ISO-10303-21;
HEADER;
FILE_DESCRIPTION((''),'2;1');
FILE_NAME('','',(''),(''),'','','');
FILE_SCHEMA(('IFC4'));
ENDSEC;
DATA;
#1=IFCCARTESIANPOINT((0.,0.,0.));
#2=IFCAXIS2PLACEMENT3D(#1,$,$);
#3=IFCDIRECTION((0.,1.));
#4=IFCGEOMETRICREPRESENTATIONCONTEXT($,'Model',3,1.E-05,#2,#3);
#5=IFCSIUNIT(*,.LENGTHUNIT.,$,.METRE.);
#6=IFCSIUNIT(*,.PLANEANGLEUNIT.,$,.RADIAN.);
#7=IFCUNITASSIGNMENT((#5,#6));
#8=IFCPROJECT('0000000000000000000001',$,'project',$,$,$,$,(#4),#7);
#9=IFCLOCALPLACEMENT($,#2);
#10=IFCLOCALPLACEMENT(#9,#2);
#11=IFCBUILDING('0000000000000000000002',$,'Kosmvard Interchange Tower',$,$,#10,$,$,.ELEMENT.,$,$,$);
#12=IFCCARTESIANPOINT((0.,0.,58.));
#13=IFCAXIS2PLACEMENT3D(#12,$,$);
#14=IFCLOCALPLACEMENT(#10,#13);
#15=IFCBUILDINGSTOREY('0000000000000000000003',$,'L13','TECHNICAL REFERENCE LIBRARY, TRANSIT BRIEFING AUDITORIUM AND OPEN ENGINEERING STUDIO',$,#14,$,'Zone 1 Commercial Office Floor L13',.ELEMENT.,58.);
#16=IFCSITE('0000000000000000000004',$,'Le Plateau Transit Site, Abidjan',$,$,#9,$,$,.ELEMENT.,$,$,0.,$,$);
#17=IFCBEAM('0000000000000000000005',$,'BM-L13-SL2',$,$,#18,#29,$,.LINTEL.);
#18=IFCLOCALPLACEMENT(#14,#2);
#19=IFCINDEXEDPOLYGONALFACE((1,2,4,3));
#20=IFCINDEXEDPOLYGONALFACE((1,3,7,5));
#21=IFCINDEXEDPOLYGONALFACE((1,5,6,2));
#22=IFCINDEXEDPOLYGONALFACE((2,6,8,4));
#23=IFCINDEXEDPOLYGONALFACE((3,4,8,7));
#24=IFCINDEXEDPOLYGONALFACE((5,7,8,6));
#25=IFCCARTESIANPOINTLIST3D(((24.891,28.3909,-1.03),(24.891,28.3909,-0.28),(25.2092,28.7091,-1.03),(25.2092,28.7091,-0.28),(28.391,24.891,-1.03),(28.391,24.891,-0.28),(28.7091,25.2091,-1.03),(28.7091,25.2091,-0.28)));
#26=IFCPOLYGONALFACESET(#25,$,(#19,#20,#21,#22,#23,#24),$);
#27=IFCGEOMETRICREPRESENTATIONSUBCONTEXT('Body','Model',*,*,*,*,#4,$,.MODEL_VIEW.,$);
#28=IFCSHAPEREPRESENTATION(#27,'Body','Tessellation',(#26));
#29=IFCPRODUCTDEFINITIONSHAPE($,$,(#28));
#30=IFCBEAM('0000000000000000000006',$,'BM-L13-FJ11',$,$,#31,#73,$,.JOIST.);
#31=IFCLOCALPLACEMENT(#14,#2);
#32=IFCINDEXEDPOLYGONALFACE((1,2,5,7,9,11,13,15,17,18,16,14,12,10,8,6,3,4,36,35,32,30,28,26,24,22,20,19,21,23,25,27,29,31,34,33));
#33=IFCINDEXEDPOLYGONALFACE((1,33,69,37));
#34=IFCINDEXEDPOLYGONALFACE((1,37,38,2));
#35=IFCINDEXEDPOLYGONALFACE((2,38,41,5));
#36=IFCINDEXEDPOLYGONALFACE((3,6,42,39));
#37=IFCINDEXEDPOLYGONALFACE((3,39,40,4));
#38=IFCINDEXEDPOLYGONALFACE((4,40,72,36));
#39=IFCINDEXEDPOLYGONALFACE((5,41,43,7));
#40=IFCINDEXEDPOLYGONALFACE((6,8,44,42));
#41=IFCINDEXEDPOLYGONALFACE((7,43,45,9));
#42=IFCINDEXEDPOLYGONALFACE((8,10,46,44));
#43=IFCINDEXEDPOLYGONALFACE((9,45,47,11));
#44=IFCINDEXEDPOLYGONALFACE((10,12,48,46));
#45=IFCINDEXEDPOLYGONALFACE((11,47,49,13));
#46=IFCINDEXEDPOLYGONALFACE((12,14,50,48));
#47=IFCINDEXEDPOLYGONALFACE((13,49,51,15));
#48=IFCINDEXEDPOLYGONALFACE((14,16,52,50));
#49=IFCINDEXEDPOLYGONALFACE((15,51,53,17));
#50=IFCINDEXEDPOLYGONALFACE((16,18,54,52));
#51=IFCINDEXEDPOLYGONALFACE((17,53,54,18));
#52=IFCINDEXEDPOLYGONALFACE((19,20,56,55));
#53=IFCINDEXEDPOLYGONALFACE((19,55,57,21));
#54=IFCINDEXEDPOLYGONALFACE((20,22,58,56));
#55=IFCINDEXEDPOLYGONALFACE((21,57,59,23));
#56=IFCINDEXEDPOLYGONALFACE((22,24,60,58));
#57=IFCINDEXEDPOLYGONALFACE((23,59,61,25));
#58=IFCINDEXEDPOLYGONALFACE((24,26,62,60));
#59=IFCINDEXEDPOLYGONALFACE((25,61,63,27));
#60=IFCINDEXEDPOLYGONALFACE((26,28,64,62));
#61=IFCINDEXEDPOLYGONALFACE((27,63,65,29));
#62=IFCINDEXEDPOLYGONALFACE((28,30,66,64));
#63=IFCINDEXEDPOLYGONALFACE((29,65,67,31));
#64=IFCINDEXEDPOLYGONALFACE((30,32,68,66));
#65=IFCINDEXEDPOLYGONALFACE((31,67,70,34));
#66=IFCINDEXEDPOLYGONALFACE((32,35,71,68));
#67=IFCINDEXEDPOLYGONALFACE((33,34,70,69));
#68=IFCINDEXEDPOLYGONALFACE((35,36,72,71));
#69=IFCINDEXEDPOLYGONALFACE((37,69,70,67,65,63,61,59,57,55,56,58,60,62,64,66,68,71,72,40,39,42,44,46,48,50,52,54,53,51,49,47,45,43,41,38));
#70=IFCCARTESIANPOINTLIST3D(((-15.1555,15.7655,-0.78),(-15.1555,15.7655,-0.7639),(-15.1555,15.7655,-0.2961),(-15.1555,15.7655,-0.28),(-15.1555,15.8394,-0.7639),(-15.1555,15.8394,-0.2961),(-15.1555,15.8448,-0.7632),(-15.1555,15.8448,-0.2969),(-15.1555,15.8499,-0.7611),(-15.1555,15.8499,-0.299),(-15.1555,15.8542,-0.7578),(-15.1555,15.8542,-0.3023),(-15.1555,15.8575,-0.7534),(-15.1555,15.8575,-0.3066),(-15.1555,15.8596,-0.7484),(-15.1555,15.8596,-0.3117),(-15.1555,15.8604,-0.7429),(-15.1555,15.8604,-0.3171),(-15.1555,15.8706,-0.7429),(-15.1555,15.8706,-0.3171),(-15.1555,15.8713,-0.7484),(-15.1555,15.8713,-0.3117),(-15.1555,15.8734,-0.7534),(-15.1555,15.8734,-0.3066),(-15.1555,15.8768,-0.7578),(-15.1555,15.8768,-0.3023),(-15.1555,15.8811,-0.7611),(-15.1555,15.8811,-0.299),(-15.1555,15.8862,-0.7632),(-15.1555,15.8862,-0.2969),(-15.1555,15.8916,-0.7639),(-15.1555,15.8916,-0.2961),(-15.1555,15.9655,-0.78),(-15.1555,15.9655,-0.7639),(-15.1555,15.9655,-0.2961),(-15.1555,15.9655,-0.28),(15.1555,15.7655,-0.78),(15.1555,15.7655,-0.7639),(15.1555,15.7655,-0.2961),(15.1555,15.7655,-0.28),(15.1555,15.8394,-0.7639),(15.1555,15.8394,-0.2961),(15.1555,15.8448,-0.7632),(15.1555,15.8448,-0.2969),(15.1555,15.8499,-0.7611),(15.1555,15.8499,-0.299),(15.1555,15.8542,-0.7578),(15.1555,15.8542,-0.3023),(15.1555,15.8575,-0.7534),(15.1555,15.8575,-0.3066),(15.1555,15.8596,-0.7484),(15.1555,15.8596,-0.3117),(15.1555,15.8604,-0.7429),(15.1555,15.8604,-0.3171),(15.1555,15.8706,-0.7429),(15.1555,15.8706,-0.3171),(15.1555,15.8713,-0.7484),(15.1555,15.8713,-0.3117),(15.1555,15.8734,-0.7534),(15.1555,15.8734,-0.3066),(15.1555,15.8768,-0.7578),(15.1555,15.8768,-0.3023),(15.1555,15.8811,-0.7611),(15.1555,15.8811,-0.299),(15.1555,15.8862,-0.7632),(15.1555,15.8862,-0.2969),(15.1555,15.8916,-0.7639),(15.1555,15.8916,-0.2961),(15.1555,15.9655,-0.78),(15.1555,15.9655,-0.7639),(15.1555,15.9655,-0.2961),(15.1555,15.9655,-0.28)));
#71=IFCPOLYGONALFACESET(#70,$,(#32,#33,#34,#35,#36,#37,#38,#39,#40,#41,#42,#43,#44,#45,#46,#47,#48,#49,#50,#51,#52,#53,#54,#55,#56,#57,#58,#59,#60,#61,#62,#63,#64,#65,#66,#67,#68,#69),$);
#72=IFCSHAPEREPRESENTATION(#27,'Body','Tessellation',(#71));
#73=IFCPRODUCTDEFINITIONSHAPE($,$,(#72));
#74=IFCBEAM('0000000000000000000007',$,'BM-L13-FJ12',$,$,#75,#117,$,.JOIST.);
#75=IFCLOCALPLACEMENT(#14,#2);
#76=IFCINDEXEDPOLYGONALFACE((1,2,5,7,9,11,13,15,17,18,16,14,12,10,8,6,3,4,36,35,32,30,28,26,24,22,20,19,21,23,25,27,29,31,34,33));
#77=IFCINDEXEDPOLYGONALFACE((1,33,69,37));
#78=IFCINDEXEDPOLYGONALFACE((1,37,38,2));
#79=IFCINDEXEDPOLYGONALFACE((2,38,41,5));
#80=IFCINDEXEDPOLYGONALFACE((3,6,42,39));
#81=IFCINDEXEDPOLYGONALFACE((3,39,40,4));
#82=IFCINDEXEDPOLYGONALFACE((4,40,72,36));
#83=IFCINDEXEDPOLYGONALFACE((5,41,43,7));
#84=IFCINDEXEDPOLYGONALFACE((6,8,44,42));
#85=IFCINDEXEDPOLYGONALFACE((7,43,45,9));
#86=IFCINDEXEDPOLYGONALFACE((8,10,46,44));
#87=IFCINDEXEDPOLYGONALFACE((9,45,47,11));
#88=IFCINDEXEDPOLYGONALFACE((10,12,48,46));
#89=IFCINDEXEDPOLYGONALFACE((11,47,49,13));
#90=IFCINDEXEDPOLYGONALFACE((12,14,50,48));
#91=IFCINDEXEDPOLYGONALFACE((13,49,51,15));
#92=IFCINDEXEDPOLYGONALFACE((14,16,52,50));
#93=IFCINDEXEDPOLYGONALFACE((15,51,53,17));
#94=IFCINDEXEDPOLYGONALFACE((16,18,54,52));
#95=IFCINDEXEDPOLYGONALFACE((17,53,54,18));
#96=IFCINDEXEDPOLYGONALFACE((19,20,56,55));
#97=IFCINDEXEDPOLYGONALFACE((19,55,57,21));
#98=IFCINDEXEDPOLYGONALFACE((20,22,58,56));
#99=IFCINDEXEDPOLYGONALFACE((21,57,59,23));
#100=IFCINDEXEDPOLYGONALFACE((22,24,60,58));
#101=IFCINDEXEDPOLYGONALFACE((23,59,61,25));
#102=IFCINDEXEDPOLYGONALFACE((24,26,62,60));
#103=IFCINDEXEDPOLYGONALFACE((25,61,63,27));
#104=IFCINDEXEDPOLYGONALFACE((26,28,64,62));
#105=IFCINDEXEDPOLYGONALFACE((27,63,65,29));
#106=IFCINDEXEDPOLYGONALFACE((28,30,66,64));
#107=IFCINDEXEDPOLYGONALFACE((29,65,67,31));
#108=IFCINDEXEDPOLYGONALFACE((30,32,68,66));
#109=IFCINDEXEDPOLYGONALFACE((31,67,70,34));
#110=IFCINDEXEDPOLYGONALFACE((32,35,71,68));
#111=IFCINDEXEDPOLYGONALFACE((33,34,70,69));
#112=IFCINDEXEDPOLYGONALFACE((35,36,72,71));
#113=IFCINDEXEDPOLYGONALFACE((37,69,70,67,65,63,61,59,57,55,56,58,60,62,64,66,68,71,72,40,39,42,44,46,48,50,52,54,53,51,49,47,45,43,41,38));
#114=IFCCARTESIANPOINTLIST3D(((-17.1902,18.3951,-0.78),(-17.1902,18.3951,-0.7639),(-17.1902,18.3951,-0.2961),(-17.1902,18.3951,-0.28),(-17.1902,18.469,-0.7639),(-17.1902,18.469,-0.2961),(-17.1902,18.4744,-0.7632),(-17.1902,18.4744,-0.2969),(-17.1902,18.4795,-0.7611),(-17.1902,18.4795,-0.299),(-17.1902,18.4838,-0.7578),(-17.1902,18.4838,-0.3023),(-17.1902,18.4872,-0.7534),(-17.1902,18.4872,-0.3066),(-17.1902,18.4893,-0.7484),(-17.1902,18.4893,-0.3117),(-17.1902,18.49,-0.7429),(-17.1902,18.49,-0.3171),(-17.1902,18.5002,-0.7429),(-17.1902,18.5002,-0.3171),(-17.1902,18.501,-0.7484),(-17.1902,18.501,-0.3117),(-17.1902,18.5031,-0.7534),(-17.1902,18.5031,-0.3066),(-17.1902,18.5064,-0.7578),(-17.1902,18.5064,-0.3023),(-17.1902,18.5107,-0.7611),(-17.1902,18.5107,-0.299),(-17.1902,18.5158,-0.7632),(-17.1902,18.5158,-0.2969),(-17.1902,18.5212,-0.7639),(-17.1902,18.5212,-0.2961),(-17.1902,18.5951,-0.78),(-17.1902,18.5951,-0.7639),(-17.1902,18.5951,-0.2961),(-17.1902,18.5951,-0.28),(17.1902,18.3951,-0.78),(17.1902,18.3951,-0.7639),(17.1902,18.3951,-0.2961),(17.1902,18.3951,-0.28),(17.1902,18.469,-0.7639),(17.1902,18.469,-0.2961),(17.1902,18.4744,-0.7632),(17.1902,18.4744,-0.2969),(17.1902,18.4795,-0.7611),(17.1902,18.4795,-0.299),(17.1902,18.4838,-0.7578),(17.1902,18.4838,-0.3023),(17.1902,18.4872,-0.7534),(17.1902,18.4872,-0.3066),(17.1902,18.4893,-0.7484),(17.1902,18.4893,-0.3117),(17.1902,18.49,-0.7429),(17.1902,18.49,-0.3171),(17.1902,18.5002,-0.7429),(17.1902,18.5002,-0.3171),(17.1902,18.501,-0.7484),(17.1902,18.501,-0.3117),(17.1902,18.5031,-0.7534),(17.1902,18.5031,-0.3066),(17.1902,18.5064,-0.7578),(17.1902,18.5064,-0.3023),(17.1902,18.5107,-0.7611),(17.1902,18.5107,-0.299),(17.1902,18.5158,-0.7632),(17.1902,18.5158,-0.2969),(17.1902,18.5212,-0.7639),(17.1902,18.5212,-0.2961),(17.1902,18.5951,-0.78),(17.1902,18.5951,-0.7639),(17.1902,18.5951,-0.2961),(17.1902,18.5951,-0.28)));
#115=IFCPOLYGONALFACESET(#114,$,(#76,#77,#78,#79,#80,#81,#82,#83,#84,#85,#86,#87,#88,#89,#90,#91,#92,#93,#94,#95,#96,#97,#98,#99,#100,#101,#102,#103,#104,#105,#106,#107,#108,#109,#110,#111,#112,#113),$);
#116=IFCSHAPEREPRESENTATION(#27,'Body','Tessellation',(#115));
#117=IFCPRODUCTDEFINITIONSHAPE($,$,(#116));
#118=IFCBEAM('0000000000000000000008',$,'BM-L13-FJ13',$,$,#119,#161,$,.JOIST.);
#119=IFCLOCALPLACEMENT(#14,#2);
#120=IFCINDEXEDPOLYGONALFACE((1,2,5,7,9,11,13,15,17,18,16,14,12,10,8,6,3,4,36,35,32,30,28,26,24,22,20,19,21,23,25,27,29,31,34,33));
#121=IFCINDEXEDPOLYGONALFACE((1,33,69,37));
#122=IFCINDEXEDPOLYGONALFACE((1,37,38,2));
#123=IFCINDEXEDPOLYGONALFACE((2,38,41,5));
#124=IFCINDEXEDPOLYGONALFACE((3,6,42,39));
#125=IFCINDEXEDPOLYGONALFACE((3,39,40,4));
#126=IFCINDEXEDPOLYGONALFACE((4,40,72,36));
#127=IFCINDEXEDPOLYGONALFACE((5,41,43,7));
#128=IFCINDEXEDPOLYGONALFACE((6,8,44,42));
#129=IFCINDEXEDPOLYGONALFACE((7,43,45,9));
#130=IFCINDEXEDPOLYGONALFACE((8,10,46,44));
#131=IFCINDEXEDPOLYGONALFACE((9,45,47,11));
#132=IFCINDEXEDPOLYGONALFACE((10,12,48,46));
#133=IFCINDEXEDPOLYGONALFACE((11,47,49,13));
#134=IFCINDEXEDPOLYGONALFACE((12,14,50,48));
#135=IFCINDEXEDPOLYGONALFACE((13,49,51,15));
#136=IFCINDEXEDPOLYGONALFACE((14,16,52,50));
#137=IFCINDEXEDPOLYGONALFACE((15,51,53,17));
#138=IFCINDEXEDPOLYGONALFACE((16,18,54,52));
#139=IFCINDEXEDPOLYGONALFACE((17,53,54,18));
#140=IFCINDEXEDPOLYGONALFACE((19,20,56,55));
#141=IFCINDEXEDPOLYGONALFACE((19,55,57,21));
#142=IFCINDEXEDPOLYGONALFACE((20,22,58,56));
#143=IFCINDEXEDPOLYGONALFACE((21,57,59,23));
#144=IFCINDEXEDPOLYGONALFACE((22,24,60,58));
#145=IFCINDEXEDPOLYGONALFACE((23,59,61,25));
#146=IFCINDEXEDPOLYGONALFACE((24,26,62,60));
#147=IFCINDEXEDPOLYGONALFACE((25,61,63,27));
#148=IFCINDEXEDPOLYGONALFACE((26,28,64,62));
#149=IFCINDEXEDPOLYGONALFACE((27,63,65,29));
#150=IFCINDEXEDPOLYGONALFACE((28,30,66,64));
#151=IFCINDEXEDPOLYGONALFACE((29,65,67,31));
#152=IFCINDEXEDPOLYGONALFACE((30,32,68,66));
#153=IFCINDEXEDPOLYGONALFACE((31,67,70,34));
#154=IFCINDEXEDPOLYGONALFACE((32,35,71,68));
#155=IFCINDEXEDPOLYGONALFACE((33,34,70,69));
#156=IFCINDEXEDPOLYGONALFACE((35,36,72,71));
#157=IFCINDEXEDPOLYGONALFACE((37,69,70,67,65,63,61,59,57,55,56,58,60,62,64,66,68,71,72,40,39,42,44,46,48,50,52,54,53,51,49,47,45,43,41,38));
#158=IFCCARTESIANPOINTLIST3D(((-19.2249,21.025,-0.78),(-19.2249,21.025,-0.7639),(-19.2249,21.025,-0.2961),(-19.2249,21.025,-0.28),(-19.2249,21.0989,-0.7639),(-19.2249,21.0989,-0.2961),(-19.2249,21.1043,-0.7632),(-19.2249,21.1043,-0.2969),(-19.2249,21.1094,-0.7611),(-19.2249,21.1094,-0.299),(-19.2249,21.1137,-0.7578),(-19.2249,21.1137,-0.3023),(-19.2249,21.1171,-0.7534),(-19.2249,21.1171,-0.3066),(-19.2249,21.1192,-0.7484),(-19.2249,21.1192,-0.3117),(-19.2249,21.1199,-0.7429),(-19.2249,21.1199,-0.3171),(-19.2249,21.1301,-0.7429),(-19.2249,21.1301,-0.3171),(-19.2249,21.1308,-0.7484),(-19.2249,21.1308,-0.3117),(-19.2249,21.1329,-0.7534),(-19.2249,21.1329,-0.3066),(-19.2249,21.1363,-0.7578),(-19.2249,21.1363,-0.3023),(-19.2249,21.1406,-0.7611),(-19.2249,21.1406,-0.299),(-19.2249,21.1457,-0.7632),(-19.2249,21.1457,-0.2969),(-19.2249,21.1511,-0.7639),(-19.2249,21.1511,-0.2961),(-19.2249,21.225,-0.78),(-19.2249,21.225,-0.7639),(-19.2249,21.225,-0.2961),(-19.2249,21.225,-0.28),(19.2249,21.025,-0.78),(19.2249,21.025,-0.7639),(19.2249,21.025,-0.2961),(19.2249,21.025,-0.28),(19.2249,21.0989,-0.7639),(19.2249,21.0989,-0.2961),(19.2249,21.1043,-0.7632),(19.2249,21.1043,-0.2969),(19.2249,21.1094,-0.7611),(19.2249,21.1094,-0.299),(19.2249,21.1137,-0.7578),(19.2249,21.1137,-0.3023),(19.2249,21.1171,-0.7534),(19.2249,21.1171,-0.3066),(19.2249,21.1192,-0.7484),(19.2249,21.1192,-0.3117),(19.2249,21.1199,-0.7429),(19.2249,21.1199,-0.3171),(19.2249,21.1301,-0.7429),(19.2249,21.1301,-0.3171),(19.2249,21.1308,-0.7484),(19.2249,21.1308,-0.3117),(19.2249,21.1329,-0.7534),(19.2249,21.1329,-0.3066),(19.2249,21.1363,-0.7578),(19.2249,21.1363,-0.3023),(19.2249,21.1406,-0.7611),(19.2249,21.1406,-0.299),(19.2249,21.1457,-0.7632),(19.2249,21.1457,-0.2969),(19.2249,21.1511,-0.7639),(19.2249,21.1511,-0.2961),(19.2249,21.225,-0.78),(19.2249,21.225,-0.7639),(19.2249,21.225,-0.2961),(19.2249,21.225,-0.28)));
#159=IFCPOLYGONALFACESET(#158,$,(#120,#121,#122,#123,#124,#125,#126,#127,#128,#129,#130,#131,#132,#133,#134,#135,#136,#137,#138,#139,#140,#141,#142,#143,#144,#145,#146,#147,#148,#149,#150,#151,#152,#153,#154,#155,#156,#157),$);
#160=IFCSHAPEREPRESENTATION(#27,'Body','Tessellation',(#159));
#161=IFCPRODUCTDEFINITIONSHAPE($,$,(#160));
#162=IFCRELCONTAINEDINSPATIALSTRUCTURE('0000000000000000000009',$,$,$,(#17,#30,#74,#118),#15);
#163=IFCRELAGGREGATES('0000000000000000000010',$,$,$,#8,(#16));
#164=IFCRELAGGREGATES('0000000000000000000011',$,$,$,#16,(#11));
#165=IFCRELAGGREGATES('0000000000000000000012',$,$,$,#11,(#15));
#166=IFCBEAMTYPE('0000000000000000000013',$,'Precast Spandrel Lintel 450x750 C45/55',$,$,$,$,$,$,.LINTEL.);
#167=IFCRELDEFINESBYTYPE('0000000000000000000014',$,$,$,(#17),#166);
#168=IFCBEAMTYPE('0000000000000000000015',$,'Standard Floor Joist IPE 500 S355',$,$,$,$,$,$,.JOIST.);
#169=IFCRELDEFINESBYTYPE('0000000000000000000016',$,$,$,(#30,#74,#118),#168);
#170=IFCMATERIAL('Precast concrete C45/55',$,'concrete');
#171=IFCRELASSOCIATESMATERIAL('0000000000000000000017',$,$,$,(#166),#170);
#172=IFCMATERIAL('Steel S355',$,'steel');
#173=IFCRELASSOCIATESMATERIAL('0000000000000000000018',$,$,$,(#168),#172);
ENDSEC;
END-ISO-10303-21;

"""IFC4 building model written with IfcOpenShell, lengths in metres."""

from ifc_helpers import new_model, si_unit, direction, frame, origin, origin_2d, place, context, subcontext, project, spatial, rectangle, i_section, extrude, source, transform, mapped, material, material_profile, profile_set, type_object, element, save


model = new_model("IFC4")

# Units and contexts
model_context = context("Model", 3, precision=1e-05, world=origin(), true_north=direction((0.0, 1.0)))
body_context = subcontext(model_context, "Body", "Model", "MODEL_VIEW")
ifc_project = project(units=[si_unit("LENGTHUNIT", "METRE"), si_unit("PLANEANGLEUNIT", "RADIAN")], contexts=[model_context])

# Site, building, storey
site_placement = place(None, origin())
site = spatial("IfcSite", under=ifc_project, at=site_placement, Name="Le Plateau Transit Site, Abidjan", CompositionType="ELEMENT", RefElevation=0.0)
building_placement = place(site_placement, origin())
building = spatial("IfcBuilding", under=site, at=building_placement, Name="Kosmvard Interchange Tower", CompositionType="ELEMENT")
storey_placement = place(building_placement, frame((0.0, 0.0, 58.0)))
storey = spatial("IfcBuildingStorey", under=building, at=storey_placement, Name="L13", Description="TECHNICAL REFERENCE LIBRARY, TRANSIT BRIEFING AUDITORIUM AND OPEN ENGINEERING STUDIO", LongName="Zone 1 Commercial Office Floor L13", CompositionType="ELEMENT", Elevation=58.0)

# Beams
ifc_material_1 = material(Name="Steel S355", Category="steel")
ifc_material_2 = material(Name="Precast concrete C45/55", Category="concrete")
ifc_material_profile_1 = material_profile(ifc_material_2, rectangle(XDim=0.45, YDim=0.75, at=origin_2d()), Name="SL 450x750")
ifc_profile_set_1 = profile_set([ifc_material_profile_1], Name="Precast concrete C45/55")
beam_type_1 = type_object("IfcBeamType", Name="Precast Spandrel Lintel 450x750 C45/55", PredefinedType="LINTEL", material=ifc_profile_set_1)
shared_shape_1 = source(origin(), body_context, "Body", "SweptSolid", [
    extrude(rectangle(XDim=0.45, YDim=0.75, at=origin_2d()), origin(), (0.0, 0.0, 1.0), 4.9497),
])
beam_1_placement = place(storey_placement, frame((28.55, 25.05, -0.655), z_axis=(-0.707107, 0.707107, 0.0), x_axis=(-0.707107, -0.707107, 0.0)))
element("IfcBeam", 1, at=beam_1_placement, inside=storey, type_object=beam_type_1, Name="BM-L13-SL2", PredefinedType="LINTEL", context=body_context, shape_type="MappedRepresentation", body=[
    mapped(shared_shape_1, transform((0.0, 0.0, 0.0), scale=1.0)),
])
ifc_material_profile_2 = material_profile(ifc_material_1, i_section(OverallWidth=0.2, OverallDepth=0.5, WebThickness=0.0103, FlangeThickness=0.0161, FilletRadius=0.021, at=origin_2d()), Name="IPE 500")
ifc_profile_set_2 = profile_set([ifc_material_profile_2], Name="Steel S355")
beam_type_2 = type_object("IfcBeamType", Name="Standard Floor Joist IPE 500 S355", PredefinedType="JOIST", material=ifc_profile_set_2)
shared_shape_2 = source(origin(), body_context, "Body", "SweptSolid", [
    extrude(i_section(OverallWidth=0.2, OverallDepth=0.5, WebThickness=0.0103, FlangeThickness=0.0161, FilletRadius=0.021, at=origin_2d()), origin(), (0.0, 0.0, 1.0), 30.311),
])
beam_2_placement = place(storey_placement, frame((15.1555, 15.8655, -0.53), z_axis=(-1.0, 0.0, 0.0), x_axis=(0.0, -1.0, 0.0)))
element("IfcBeam", 2, at=beam_2_placement, inside=storey, type_object=beam_type_2, Name="BM-L13-FJ11", PredefinedType="JOIST", context=body_context, shape_type="MappedRepresentation", body=[
    mapped(shared_shape_2, transform((0.0, 0.0, 0.0), scale=1.0)),
])
shared_shape_3 = source(origin(), body_context, "Body", "SweptSolid", [
    extrude(i_section(OverallWidth=0.2, OverallDepth=0.5, WebThickness=0.0103, FlangeThickness=0.0161, FilletRadius=0.021, at=origin_2d()), origin(), (0.0, 0.0, 1.0), 34.3804),
])
beam_3_placement = place(storey_placement, frame((17.1902, 18.4951, -0.53), z_axis=(-1.0, 0.0, 0.0), x_axis=(0.0, -1.0, 0.0)))
element("IfcBeam", 3, at=beam_3_placement, inside=storey, type_object=beam_type_2, Name="BM-L13-FJ12", PredefinedType="JOIST", context=body_context, shape_type="MappedRepresentation", body=[
    mapped(shared_shape_3, transform((0.0, 0.0, 0.0), scale=1.0)),
])
shared_shape_4 = source(origin(), body_context, "Body", "SweptSolid", [
    extrude(i_section(OverallWidth=0.2, OverallDepth=0.5, WebThickness=0.0103, FlangeThickness=0.0161, FilletRadius=0.021, at=origin_2d()), origin(), (0.0, 0.0, 1.0), 38.4497),
])
beam_4_placement = place(storey_placement, frame((19.2249, 21.125, -0.53), z_axis=(-1.0, 0.0, 0.0), x_axis=(0.0, -1.0, 0.0)))
element("IfcBeam", 4, at=beam_4_placement, inside=storey, type_object=beam_type_2, Name="BM-L13-FJ13", PredefinedType="JOIST", context=body_context, shape_type="MappedRepresentation", body=[
    mapped(shared_shape_4, transform((0.0, 0.0, 0.0), scale=1.0)),
])

save(model, "model.ifc")
